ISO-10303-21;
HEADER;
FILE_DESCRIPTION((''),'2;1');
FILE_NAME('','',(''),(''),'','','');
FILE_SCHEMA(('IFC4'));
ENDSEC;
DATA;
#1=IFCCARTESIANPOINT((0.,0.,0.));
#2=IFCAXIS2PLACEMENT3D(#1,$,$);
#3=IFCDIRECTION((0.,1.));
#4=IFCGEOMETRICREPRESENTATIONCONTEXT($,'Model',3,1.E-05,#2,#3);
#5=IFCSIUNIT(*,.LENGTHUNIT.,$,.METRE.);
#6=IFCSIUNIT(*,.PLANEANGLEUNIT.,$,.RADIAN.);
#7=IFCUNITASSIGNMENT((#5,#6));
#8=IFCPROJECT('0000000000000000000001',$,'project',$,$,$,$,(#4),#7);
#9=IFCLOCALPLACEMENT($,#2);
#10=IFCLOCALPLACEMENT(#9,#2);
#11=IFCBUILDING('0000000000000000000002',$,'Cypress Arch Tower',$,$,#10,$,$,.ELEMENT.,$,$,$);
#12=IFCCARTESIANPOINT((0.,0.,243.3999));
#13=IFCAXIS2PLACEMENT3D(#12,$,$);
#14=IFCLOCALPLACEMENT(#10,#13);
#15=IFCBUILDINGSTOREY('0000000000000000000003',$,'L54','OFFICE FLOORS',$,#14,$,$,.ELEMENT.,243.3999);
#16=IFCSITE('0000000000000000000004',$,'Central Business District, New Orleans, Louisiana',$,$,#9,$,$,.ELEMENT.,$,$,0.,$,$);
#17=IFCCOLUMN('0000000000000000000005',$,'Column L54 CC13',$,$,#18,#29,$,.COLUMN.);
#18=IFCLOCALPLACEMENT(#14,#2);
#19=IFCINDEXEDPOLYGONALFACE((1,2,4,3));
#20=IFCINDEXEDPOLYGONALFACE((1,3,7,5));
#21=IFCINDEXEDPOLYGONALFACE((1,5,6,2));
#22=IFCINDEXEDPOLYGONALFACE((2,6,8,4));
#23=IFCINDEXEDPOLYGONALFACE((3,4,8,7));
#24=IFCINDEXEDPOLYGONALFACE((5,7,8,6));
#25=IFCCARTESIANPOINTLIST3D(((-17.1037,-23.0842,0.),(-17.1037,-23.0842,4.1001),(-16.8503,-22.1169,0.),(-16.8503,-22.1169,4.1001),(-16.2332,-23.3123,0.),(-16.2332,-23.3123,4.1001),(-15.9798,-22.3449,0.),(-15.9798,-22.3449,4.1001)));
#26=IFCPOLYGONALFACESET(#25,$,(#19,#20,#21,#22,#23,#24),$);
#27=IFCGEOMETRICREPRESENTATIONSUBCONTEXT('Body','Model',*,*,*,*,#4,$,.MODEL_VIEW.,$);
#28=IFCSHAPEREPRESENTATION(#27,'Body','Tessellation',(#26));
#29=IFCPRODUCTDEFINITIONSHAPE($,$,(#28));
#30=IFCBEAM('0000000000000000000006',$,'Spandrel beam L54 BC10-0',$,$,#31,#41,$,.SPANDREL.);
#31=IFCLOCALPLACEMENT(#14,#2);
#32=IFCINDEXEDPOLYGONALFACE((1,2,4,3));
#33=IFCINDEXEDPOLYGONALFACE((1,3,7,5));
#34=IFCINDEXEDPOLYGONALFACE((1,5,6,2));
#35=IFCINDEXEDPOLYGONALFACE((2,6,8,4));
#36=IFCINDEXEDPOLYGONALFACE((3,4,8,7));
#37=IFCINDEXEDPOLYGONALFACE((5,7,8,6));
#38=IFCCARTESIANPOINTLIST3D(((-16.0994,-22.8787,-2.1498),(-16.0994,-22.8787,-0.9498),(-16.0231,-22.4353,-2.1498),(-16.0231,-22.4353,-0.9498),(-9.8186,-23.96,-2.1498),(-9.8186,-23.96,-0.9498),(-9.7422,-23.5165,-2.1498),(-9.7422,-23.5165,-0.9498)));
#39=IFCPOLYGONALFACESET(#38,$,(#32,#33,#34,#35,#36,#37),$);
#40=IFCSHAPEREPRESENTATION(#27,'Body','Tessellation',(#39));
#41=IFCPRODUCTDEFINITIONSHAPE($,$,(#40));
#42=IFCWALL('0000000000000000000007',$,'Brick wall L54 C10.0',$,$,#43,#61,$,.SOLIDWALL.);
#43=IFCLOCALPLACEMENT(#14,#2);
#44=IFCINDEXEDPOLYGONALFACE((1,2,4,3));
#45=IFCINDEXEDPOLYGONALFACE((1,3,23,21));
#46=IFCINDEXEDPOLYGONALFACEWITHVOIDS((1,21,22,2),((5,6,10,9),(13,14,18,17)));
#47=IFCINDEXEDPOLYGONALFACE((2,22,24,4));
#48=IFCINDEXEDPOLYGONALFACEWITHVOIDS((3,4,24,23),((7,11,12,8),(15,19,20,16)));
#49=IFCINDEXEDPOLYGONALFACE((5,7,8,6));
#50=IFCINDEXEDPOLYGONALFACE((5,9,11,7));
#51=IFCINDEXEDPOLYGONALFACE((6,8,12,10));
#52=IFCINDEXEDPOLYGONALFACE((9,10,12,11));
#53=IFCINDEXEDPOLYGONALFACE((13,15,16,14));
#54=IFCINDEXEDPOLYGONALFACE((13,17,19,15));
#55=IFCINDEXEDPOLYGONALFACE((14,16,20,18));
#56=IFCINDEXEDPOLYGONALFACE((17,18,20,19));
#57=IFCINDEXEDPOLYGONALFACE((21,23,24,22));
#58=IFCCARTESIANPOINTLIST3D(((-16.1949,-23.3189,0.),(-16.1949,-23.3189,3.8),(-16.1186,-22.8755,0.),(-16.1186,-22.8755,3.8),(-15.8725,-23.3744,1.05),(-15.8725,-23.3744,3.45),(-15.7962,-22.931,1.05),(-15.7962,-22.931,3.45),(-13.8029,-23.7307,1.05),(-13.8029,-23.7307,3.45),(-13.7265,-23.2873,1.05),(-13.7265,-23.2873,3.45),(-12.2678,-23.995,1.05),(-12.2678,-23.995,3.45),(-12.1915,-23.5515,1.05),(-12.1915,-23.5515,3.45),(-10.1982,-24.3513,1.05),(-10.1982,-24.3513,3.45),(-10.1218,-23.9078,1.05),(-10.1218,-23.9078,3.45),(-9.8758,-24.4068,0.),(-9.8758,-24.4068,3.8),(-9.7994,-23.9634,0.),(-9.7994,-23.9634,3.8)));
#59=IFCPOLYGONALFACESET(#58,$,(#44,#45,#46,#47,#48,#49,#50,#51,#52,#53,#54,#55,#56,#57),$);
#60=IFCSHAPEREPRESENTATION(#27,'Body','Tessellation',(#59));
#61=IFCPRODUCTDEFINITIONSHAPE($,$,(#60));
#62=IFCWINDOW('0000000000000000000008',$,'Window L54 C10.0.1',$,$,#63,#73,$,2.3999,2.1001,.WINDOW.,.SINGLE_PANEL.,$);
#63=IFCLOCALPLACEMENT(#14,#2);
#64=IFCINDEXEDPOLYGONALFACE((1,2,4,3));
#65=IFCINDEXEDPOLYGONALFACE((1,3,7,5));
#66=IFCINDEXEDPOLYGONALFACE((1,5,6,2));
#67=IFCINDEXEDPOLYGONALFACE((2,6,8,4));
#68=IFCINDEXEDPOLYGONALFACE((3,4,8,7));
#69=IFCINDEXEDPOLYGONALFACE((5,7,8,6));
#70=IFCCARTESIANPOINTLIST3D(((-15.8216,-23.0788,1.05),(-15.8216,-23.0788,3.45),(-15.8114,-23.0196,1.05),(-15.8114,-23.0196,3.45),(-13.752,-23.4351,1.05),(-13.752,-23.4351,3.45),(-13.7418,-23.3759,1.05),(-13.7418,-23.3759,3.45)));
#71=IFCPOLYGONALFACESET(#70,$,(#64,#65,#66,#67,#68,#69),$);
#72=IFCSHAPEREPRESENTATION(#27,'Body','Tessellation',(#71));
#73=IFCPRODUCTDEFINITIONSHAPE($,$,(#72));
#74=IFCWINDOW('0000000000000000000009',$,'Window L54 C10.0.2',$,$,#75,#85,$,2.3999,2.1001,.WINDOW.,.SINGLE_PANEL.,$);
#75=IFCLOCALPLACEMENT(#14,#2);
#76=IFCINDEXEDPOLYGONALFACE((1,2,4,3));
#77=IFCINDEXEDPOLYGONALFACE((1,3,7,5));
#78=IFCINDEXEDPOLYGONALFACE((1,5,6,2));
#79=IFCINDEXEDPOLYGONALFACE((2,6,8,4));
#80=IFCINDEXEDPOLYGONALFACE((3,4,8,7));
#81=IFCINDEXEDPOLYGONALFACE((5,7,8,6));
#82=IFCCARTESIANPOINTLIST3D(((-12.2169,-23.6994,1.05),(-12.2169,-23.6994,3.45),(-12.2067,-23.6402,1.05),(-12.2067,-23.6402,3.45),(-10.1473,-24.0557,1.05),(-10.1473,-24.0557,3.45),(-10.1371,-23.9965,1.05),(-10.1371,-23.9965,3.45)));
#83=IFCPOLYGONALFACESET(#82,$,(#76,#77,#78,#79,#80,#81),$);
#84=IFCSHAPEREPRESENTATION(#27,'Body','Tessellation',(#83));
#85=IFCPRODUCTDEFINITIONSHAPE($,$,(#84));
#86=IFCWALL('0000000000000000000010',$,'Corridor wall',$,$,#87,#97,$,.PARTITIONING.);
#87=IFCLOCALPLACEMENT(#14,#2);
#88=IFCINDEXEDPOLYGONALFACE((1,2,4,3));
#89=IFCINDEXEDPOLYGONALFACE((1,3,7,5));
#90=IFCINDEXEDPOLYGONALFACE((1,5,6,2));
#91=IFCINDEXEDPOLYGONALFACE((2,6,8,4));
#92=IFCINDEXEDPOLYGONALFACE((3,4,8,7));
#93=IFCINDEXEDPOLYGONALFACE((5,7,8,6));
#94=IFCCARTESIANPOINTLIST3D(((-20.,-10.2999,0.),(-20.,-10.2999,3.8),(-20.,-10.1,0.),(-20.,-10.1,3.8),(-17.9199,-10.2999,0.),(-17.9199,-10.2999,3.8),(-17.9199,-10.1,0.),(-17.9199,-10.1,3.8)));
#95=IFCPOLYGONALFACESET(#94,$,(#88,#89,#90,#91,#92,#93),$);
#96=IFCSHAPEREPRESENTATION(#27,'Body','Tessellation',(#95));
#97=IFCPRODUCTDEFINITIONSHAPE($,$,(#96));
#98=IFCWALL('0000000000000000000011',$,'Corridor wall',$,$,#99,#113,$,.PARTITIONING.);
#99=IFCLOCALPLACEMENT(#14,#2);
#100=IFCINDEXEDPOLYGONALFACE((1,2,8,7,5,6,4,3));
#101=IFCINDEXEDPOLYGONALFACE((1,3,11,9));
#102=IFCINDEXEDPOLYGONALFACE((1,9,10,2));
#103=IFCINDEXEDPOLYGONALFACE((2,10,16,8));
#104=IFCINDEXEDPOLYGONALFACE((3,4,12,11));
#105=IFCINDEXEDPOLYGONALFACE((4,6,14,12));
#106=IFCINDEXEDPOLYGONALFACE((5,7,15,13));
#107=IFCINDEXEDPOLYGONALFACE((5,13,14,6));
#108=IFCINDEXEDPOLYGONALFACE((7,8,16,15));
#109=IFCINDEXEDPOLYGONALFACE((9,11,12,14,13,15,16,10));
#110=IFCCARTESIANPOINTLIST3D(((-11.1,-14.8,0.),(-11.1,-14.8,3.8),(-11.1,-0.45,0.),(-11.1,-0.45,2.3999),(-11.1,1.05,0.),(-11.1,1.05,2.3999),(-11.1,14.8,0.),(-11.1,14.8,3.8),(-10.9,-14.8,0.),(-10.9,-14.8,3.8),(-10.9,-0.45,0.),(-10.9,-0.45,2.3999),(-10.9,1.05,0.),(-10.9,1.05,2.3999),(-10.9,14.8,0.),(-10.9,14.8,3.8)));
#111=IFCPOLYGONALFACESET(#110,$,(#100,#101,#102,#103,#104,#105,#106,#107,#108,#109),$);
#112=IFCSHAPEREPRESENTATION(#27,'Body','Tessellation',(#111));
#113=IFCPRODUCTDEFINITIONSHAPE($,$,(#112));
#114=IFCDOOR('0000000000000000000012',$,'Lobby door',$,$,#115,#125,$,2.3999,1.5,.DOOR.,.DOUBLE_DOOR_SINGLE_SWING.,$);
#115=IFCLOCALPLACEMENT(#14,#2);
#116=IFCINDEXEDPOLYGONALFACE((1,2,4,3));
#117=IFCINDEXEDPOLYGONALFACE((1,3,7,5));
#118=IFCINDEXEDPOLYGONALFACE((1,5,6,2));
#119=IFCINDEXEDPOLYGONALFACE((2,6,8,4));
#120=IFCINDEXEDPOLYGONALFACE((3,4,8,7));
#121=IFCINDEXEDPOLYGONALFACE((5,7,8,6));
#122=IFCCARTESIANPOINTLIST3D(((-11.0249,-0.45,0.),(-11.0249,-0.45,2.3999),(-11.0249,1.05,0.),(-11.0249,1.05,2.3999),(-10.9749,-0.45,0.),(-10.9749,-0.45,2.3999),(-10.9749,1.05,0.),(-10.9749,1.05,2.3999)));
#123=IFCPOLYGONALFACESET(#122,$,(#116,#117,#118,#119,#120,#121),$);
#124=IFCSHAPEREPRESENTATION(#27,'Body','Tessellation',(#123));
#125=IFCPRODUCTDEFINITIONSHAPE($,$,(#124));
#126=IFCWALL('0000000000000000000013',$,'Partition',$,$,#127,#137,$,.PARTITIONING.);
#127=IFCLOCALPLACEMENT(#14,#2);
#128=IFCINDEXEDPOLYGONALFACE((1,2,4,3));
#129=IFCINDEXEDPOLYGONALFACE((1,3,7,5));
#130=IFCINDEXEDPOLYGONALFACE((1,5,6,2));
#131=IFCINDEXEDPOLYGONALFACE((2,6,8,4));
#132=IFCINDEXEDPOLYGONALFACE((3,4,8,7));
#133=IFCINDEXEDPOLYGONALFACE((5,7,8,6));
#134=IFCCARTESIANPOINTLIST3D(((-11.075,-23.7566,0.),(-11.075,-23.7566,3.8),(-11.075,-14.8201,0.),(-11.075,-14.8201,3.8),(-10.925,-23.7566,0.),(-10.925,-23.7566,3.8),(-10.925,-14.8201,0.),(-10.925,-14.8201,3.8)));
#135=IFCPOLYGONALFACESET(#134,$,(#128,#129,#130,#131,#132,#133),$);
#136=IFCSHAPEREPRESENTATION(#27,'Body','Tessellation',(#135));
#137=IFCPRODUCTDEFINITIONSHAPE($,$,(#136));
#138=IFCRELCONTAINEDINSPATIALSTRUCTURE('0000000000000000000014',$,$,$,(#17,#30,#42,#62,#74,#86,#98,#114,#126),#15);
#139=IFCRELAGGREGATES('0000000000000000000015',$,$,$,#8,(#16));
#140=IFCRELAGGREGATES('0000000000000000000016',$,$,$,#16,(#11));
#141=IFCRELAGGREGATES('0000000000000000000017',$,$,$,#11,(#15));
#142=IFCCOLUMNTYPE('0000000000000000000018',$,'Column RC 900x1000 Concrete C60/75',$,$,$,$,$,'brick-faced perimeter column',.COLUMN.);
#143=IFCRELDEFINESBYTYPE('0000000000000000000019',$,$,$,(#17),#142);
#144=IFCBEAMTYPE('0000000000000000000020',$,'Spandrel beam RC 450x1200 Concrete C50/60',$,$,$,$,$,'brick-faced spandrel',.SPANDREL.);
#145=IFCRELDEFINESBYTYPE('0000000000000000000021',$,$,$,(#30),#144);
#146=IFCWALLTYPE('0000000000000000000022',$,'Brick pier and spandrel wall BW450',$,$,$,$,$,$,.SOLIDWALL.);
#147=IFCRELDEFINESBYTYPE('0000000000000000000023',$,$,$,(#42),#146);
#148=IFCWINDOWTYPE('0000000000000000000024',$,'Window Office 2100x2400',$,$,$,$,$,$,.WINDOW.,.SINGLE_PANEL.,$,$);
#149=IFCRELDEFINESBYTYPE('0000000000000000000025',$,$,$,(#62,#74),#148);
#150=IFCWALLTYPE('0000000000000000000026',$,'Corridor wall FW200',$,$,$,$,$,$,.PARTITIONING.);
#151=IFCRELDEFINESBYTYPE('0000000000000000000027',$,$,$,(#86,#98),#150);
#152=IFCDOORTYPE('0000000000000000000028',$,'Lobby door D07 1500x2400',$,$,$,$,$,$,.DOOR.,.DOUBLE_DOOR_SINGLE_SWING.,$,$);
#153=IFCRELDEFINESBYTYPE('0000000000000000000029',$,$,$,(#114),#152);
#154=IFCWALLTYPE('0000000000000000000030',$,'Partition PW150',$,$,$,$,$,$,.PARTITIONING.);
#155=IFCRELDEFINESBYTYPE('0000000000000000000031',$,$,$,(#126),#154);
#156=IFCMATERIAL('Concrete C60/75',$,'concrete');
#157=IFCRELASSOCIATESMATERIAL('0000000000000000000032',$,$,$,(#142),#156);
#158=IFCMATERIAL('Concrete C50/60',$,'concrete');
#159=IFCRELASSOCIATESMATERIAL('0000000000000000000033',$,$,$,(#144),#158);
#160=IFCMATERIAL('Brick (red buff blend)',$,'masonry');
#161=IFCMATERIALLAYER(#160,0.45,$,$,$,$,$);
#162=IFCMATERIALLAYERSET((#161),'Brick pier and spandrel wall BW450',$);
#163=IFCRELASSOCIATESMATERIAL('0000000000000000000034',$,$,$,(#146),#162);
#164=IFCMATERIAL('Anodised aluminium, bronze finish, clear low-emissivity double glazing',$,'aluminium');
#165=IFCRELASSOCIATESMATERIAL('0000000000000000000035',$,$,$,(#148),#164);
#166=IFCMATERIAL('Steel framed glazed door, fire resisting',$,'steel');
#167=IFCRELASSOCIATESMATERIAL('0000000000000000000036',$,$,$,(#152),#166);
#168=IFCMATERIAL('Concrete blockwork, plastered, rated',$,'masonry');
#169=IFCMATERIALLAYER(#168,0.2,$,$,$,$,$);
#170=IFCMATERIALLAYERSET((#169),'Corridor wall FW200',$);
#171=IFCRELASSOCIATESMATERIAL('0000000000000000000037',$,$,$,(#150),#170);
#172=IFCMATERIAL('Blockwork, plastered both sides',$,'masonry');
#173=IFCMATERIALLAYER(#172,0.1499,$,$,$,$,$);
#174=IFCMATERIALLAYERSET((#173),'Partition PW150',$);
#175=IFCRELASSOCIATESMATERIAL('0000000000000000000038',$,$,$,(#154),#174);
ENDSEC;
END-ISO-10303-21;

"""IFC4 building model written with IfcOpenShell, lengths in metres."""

from ifc_helpers import new_model, si_unit, direction, frame, frame_2d, origin, origin_2d, place, context, subcontext, project, spatial, rectangle, extrude, material, layer, layer_set, material_profile, profile_set, type_object, element, fill, save


model = new_model("IFC4")

# Units and contexts
model_context = context("Model", 3, precision=1e-05, world=origin(), true_north=direction((0.0, 1.0)))
body_context = subcontext(model_context, "Body", "Model", "MODEL_VIEW")
ifc_project = project(units=[si_unit("LENGTHUNIT", "METRE"), si_unit("PLANEANGLEUNIT", "RADIAN")], contexts=[model_context])

# Site, building, storey
site_placement = place(None, origin())
site = spatial("IfcSite", under=ifc_project, at=site_placement, Name="Central Business District, New Orleans, Louisiana", CompositionType="ELEMENT", RefElevation=0.0)
building_placement = place(site_placement, origin())
building = spatial("IfcBuilding", under=site, at=building_placement, Name="Cypress Arch Tower", CompositionType="ELEMENT")
storey_placement = place(building_placement, frame((0.0, 0.0, 243.3999)))
storey = spatial("IfcBuildingStorey", under=building, at=storey_placement, Name="L54", Description="OFFICE FLOORS", CompositionType="ELEMENT", Elevation=243.3999)

# Column
ifc_material_1 = material(Name="Concrete C60/75", Category="concrete")
ifc_material_profile_1 = material_profile(ifc_material_1, rectangle(XDim=0.8999, YDim=1.0, at=origin_2d()), Name="RC 900x1000")
ifc_profile_set_1 = profile_set([ifc_material_profile_1], Name="Concrete C60/75")
column_type = type_object("IfcColumnType", Name="Column RC 900x1000 Concrete C60/75", ElementType="brick-faced perimeter column", PredefinedType="COLUMN", material=ifc_profile_set_1)
column_placement = place(storey_placement, frame((-16.5417, -22.7146, 0.0), z_axis=(0.0, 0.0, 1.0), x_axis=(0.967356, -0.253422, 0.0)))
element("IfcColumn", 1, at=column_placement, inside=storey, type_object=column_type, Name="Column L54 CC13", PredefinedType="COLUMN", context=body_context, shape_type="SweptSolid", body=[
    extrude(rectangle(XDim=0.8999, YDim=1.0, at=origin_2d()), origin(), (0.0, 0.0, 1.0), 4.1001),
])

# Beam
ifc_material_2 = material(Name="Concrete C50/60", Category="concrete")
ifc_material_profile_2 = material_profile(ifc_material_2, rectangle(XDim=0.45, YDim=1.2, at=origin_2d()), Name="RC 450x1200")
ifc_profile_set_2 = profile_set([ifc_material_profile_2], Name="Concrete C50/60")
beam_type = type_object("IfcBeamType", Name="Spandrel beam RC 450x1200 Concrete C50/60", ElementType="brick-faced spandrel", PredefinedType="SPANDREL", material=ifc_profile_set_2)
beam_placement = place(storey_placement, frame((-16.0613, -22.657, -1.5498), z_axis=(0.985503, -0.169658, 0.0), x_axis=(0.169658, 0.985503, 0.0)))
element("IfcBeam", 2, at=beam_placement, inside=storey, type_object=beam_type, Name="Spandrel beam L54 BC10-0", PredefinedType="SPANDREL", context=body_context, shape_type="SweptSolid", body=[
    extrude(rectangle(XDim=0.45, YDim=1.2, at=origin_2d()), origin(), (0.0, 0.0, 1.0), 6.3733),
])

# Wall, openings, windows
ifc_material_3 = material(Name="Brick (red buff blend)", Category="masonry")
ifc_layer_1 = layer(ifc_material_3, 0.45)
ifc_layer_set_1 = layer_set([ifc_layer_1], Name="Brick pier and spandrel wall BW450")
wall_type_1 = type_object("IfcWallType", Name="Brick pier and spandrel wall BW450", PredefinedType="SOLIDWALL", material=ifc_layer_set_1)
wall_1_placement = place(storey_placement, frame((-16.1567, -23.0972, 0.0), z_axis=(0.0, 0.0, 1.0), x_axis=(0.985502, -0.169663, 0.0)))
wall_1 = element("IfcWall", 3, at=wall_1_placement, inside=storey, type_object=wall_type_1, Name="Brick wall L54 C10.0", PredefinedType="SOLIDWALL", context=body_context, shape_type="SweptSolid", body=[
    extrude(rectangle(XDim=6.4121, YDim=0.45, at=frame_2d((3.2061, 0.0))), origin(), (0.0, 0.0, 1.0), 3.8),
])
opening_1_placement = place(wall_1_placement, frame((0.3271, 0.0, 1.05)))
opening_1 = element("IfcOpeningElement", 4, at=opening_1_placement, cuts=wall_1, PredefinedType="OPENING", context=body_context, shape_type="SweptSolid", body=[
    extrude(rectangle(XDim=2.1001, YDim=2.3999, at=frame_2d((1.05, 1.2))), frame((0.0, 0.2349, 0.0), z_axis=(0.0, -1.0, 0.0), x_axis=(1.0, 0.0, 0.0)), (0.0, 0.0, 1.0), 0.47),
])
opening_2_placement = place(wall_1_placement, frame((3.9849, 0.0, 1.05)))
opening_2 = element("IfcOpeningElement", 5, at=opening_2_placement, cuts=wall_1, PredefinedType="OPENING", context=body_context, shape_type="SweptSolid", body=[
    extrude(rectangle(XDim=2.1001, YDim=2.3999, at=frame_2d((1.05, 1.2))), frame((0.0, 0.2349, 0.0), z_axis=(0.0, -1.0, 0.0), x_axis=(1.0, 0.0, 0.0)), (0.0, 0.0, 1.0), 0.47),
])
ifc_material_4 = material(Name="Anodised aluminium, bronze finish, clear low-emissivity double glazing", Category="aluminium")
window_type = type_object("IfcWindowType", Name="Window Office 2100x2400", PartitioningType="SINGLE_PANEL", PredefinedType="WINDOW", material=ifc_material_4)
window_1_placement = place(opening_1_placement, origin())
window_1 = element("IfcWindow", 6, at=window_1_placement, inside=storey, type_object=window_type, Name="Window L54 C10.0.1", OverallHeight=2.3999, OverallWidth=2.1001, PartitioningType="SINGLE_PANEL", PredefinedType="WINDOW", context=body_context, shape_type="SweptSolid", body=[
    extrude(rectangle(XDim=2.1001, YDim=2.3999, at=frame_2d((1.05, 1.2))), frame((0.0, 0.135, 0.0), z_axis=(0.0, -1.0, 0.0), x_axis=(1.0, 0.0, 0.0)), (0.0, 0.0, 1.0), 0.0601),
])
fill(opening_1, window_1)
window_2_placement = place(opening_2_placement, origin())
window_2 = element("IfcWindow", 7, at=window_2_placement, inside=storey, type_object=window_type, Name="Window L54 C10.0.2", OverallHeight=2.3999, OverallWidth=2.1001, PartitioningType="SINGLE_PANEL", PredefinedType="WINDOW", context=body_context, shape_type="SweptSolid", body=[
    extrude(rectangle(XDim=2.1001, YDim=2.3999, at=frame_2d((1.05, 1.2))), frame((0.0, 0.135, 0.0), z_axis=(0.0, -1.0, 0.0), x_axis=(1.0, 0.0, 0.0)), (0.0, 0.0, 1.0), 0.0601),
])
fill(opening_2, window_2)

# Shared definitions
ifc_material_5 = material(Name="Steel framed glazed door, fire resisting", Category="steel")
door_type_1 = type_object("IfcDoorType", Name="Lobby door D07 1500x2400", OperationType="DOUBLE_DOOR_SINGLE_SWING", PredefinedType="DOOR", material=ifc_material_5)

# Wall
ifc_material_6 = material(Name="Concrete blockwork, plastered, rated", Category="masonry")
ifc_layer_2 = layer(ifc_material_6, 0.2)
ifc_layer_set_2 = layer_set([ifc_layer_2], Name="Corridor wall FW200")
wall_type_2 = type_object("IfcWallType", Name="Corridor wall FW200", PredefinedType="PARTITIONING", material=ifc_layer_set_2)
wall_2_placement = place(storey_placement, frame((-20.0, -10.2, 0.0), z_axis=(0.0, 0.0, 1.0), x_axis=(1.0, 0.0, 0.0)))
element("IfcWall", 8, at=wall_2_placement, inside=storey, type_object=wall_type_2, Name="Corridor wall", PredefinedType="PARTITIONING", context=body_context, shape_type="SweptSolid", body=[
    extrude(rectangle(XDim=2.0801, YDim=0.2, at=frame_2d((1.04, 0.0))), origin(), (0.0, 0.0, 1.0), 3.8),
])

# Wall, opening, door
wall_3_placement = place(storey_placement, frame((-11.0, -14.8, 0.0), z_axis=(0.0, 0.0, 1.0), x_axis=(0.0, 1.0, 0.0)))
wall_3 = element("IfcWall", 9, at=wall_3_placement, inside=storey, type_object=wall_type_2, Name="Corridor wall", PredefinedType="PARTITIONING", context=body_context, shape_type="SweptSolid", body=[
    extrude(rectangle(XDim=29.6001, YDim=0.2, at=frame_2d((14.8, 0.0))), origin(), (0.0, 0.0, 1.0), 3.8),
])
opening_3_placement = place(wall_3_placement, frame((14.3501, 0.0, 0.0)))
opening_3 = element("IfcOpeningElement", 10, at=opening_3_placement, cuts=wall_3, PredefinedType="OPENING", context=body_context, shape_type="SweptSolid", body=[
    extrude(rectangle(XDim=1.5, YDim=2.3999, at=frame_2d((0.75, 1.2))), frame((0.0, 0.1099, 0.0), z_axis=(0.0, -1.0, 0.0), x_axis=(1.0, 0.0, 0.0)), (0.0, 0.0, 1.0), 0.22),
])
door_1_placement = place(opening_3_placement, origin())
door_1 = element("IfcDoor", 11, at=door_1_placement, inside=storey, type_object=door_type_1, Name="Lobby door", OperationType="DOUBLE_DOOR_SINGLE_SWING", OverallHeight=2.3999, OverallWidth=1.5, PredefinedType="DOOR", context=body_context, shape_type="SweptSolid", body=[
    extrude(rectangle(XDim=1.5, YDim=2.3999, at=frame_2d((0.75, 1.2))), frame((0.0, 0.0249, 0.0), z_axis=(0.0, -1.0, 0.0), x_axis=(1.0, 0.0, 0.0)), (0.0, 0.0, 1.0), 0.05),
])
fill(opening_3, door_1)

# Wall
ifc_material_7 = material(Name="Blockwork, plastered both sides", Category="masonry")
ifc_layer_3 = layer(ifc_material_7, 0.1499)
ifc_layer_set_3 = layer_set([ifc_layer_3], Name="Partition PW150")
wall_type_3 = type_object("IfcWallType", Name="Partition PW150", PredefinedType="PARTITIONING", material=ifc_layer_set_3)
wall_4_placement = place(storey_placement, frame((-11.0, -23.7566, 0.0), z_axis=(0.0, 0.0, 1.0), x_axis=(0.0, 1.0, 0.0)))
element("IfcWall", 12, at=wall_4_placement, inside=storey, type_object=wall_type_3, Name="Partition", PredefinedType="PARTITIONING", context=body_context, shape_type="SweptSolid", body=[
    extrude(rectangle(XDim=8.9365, YDim=0.1499, at=frame_2d((4.4683, 0.0))), origin(), (0.0, 0.0, 1.0), 3.8),
])

save(model, "model.ifc")
